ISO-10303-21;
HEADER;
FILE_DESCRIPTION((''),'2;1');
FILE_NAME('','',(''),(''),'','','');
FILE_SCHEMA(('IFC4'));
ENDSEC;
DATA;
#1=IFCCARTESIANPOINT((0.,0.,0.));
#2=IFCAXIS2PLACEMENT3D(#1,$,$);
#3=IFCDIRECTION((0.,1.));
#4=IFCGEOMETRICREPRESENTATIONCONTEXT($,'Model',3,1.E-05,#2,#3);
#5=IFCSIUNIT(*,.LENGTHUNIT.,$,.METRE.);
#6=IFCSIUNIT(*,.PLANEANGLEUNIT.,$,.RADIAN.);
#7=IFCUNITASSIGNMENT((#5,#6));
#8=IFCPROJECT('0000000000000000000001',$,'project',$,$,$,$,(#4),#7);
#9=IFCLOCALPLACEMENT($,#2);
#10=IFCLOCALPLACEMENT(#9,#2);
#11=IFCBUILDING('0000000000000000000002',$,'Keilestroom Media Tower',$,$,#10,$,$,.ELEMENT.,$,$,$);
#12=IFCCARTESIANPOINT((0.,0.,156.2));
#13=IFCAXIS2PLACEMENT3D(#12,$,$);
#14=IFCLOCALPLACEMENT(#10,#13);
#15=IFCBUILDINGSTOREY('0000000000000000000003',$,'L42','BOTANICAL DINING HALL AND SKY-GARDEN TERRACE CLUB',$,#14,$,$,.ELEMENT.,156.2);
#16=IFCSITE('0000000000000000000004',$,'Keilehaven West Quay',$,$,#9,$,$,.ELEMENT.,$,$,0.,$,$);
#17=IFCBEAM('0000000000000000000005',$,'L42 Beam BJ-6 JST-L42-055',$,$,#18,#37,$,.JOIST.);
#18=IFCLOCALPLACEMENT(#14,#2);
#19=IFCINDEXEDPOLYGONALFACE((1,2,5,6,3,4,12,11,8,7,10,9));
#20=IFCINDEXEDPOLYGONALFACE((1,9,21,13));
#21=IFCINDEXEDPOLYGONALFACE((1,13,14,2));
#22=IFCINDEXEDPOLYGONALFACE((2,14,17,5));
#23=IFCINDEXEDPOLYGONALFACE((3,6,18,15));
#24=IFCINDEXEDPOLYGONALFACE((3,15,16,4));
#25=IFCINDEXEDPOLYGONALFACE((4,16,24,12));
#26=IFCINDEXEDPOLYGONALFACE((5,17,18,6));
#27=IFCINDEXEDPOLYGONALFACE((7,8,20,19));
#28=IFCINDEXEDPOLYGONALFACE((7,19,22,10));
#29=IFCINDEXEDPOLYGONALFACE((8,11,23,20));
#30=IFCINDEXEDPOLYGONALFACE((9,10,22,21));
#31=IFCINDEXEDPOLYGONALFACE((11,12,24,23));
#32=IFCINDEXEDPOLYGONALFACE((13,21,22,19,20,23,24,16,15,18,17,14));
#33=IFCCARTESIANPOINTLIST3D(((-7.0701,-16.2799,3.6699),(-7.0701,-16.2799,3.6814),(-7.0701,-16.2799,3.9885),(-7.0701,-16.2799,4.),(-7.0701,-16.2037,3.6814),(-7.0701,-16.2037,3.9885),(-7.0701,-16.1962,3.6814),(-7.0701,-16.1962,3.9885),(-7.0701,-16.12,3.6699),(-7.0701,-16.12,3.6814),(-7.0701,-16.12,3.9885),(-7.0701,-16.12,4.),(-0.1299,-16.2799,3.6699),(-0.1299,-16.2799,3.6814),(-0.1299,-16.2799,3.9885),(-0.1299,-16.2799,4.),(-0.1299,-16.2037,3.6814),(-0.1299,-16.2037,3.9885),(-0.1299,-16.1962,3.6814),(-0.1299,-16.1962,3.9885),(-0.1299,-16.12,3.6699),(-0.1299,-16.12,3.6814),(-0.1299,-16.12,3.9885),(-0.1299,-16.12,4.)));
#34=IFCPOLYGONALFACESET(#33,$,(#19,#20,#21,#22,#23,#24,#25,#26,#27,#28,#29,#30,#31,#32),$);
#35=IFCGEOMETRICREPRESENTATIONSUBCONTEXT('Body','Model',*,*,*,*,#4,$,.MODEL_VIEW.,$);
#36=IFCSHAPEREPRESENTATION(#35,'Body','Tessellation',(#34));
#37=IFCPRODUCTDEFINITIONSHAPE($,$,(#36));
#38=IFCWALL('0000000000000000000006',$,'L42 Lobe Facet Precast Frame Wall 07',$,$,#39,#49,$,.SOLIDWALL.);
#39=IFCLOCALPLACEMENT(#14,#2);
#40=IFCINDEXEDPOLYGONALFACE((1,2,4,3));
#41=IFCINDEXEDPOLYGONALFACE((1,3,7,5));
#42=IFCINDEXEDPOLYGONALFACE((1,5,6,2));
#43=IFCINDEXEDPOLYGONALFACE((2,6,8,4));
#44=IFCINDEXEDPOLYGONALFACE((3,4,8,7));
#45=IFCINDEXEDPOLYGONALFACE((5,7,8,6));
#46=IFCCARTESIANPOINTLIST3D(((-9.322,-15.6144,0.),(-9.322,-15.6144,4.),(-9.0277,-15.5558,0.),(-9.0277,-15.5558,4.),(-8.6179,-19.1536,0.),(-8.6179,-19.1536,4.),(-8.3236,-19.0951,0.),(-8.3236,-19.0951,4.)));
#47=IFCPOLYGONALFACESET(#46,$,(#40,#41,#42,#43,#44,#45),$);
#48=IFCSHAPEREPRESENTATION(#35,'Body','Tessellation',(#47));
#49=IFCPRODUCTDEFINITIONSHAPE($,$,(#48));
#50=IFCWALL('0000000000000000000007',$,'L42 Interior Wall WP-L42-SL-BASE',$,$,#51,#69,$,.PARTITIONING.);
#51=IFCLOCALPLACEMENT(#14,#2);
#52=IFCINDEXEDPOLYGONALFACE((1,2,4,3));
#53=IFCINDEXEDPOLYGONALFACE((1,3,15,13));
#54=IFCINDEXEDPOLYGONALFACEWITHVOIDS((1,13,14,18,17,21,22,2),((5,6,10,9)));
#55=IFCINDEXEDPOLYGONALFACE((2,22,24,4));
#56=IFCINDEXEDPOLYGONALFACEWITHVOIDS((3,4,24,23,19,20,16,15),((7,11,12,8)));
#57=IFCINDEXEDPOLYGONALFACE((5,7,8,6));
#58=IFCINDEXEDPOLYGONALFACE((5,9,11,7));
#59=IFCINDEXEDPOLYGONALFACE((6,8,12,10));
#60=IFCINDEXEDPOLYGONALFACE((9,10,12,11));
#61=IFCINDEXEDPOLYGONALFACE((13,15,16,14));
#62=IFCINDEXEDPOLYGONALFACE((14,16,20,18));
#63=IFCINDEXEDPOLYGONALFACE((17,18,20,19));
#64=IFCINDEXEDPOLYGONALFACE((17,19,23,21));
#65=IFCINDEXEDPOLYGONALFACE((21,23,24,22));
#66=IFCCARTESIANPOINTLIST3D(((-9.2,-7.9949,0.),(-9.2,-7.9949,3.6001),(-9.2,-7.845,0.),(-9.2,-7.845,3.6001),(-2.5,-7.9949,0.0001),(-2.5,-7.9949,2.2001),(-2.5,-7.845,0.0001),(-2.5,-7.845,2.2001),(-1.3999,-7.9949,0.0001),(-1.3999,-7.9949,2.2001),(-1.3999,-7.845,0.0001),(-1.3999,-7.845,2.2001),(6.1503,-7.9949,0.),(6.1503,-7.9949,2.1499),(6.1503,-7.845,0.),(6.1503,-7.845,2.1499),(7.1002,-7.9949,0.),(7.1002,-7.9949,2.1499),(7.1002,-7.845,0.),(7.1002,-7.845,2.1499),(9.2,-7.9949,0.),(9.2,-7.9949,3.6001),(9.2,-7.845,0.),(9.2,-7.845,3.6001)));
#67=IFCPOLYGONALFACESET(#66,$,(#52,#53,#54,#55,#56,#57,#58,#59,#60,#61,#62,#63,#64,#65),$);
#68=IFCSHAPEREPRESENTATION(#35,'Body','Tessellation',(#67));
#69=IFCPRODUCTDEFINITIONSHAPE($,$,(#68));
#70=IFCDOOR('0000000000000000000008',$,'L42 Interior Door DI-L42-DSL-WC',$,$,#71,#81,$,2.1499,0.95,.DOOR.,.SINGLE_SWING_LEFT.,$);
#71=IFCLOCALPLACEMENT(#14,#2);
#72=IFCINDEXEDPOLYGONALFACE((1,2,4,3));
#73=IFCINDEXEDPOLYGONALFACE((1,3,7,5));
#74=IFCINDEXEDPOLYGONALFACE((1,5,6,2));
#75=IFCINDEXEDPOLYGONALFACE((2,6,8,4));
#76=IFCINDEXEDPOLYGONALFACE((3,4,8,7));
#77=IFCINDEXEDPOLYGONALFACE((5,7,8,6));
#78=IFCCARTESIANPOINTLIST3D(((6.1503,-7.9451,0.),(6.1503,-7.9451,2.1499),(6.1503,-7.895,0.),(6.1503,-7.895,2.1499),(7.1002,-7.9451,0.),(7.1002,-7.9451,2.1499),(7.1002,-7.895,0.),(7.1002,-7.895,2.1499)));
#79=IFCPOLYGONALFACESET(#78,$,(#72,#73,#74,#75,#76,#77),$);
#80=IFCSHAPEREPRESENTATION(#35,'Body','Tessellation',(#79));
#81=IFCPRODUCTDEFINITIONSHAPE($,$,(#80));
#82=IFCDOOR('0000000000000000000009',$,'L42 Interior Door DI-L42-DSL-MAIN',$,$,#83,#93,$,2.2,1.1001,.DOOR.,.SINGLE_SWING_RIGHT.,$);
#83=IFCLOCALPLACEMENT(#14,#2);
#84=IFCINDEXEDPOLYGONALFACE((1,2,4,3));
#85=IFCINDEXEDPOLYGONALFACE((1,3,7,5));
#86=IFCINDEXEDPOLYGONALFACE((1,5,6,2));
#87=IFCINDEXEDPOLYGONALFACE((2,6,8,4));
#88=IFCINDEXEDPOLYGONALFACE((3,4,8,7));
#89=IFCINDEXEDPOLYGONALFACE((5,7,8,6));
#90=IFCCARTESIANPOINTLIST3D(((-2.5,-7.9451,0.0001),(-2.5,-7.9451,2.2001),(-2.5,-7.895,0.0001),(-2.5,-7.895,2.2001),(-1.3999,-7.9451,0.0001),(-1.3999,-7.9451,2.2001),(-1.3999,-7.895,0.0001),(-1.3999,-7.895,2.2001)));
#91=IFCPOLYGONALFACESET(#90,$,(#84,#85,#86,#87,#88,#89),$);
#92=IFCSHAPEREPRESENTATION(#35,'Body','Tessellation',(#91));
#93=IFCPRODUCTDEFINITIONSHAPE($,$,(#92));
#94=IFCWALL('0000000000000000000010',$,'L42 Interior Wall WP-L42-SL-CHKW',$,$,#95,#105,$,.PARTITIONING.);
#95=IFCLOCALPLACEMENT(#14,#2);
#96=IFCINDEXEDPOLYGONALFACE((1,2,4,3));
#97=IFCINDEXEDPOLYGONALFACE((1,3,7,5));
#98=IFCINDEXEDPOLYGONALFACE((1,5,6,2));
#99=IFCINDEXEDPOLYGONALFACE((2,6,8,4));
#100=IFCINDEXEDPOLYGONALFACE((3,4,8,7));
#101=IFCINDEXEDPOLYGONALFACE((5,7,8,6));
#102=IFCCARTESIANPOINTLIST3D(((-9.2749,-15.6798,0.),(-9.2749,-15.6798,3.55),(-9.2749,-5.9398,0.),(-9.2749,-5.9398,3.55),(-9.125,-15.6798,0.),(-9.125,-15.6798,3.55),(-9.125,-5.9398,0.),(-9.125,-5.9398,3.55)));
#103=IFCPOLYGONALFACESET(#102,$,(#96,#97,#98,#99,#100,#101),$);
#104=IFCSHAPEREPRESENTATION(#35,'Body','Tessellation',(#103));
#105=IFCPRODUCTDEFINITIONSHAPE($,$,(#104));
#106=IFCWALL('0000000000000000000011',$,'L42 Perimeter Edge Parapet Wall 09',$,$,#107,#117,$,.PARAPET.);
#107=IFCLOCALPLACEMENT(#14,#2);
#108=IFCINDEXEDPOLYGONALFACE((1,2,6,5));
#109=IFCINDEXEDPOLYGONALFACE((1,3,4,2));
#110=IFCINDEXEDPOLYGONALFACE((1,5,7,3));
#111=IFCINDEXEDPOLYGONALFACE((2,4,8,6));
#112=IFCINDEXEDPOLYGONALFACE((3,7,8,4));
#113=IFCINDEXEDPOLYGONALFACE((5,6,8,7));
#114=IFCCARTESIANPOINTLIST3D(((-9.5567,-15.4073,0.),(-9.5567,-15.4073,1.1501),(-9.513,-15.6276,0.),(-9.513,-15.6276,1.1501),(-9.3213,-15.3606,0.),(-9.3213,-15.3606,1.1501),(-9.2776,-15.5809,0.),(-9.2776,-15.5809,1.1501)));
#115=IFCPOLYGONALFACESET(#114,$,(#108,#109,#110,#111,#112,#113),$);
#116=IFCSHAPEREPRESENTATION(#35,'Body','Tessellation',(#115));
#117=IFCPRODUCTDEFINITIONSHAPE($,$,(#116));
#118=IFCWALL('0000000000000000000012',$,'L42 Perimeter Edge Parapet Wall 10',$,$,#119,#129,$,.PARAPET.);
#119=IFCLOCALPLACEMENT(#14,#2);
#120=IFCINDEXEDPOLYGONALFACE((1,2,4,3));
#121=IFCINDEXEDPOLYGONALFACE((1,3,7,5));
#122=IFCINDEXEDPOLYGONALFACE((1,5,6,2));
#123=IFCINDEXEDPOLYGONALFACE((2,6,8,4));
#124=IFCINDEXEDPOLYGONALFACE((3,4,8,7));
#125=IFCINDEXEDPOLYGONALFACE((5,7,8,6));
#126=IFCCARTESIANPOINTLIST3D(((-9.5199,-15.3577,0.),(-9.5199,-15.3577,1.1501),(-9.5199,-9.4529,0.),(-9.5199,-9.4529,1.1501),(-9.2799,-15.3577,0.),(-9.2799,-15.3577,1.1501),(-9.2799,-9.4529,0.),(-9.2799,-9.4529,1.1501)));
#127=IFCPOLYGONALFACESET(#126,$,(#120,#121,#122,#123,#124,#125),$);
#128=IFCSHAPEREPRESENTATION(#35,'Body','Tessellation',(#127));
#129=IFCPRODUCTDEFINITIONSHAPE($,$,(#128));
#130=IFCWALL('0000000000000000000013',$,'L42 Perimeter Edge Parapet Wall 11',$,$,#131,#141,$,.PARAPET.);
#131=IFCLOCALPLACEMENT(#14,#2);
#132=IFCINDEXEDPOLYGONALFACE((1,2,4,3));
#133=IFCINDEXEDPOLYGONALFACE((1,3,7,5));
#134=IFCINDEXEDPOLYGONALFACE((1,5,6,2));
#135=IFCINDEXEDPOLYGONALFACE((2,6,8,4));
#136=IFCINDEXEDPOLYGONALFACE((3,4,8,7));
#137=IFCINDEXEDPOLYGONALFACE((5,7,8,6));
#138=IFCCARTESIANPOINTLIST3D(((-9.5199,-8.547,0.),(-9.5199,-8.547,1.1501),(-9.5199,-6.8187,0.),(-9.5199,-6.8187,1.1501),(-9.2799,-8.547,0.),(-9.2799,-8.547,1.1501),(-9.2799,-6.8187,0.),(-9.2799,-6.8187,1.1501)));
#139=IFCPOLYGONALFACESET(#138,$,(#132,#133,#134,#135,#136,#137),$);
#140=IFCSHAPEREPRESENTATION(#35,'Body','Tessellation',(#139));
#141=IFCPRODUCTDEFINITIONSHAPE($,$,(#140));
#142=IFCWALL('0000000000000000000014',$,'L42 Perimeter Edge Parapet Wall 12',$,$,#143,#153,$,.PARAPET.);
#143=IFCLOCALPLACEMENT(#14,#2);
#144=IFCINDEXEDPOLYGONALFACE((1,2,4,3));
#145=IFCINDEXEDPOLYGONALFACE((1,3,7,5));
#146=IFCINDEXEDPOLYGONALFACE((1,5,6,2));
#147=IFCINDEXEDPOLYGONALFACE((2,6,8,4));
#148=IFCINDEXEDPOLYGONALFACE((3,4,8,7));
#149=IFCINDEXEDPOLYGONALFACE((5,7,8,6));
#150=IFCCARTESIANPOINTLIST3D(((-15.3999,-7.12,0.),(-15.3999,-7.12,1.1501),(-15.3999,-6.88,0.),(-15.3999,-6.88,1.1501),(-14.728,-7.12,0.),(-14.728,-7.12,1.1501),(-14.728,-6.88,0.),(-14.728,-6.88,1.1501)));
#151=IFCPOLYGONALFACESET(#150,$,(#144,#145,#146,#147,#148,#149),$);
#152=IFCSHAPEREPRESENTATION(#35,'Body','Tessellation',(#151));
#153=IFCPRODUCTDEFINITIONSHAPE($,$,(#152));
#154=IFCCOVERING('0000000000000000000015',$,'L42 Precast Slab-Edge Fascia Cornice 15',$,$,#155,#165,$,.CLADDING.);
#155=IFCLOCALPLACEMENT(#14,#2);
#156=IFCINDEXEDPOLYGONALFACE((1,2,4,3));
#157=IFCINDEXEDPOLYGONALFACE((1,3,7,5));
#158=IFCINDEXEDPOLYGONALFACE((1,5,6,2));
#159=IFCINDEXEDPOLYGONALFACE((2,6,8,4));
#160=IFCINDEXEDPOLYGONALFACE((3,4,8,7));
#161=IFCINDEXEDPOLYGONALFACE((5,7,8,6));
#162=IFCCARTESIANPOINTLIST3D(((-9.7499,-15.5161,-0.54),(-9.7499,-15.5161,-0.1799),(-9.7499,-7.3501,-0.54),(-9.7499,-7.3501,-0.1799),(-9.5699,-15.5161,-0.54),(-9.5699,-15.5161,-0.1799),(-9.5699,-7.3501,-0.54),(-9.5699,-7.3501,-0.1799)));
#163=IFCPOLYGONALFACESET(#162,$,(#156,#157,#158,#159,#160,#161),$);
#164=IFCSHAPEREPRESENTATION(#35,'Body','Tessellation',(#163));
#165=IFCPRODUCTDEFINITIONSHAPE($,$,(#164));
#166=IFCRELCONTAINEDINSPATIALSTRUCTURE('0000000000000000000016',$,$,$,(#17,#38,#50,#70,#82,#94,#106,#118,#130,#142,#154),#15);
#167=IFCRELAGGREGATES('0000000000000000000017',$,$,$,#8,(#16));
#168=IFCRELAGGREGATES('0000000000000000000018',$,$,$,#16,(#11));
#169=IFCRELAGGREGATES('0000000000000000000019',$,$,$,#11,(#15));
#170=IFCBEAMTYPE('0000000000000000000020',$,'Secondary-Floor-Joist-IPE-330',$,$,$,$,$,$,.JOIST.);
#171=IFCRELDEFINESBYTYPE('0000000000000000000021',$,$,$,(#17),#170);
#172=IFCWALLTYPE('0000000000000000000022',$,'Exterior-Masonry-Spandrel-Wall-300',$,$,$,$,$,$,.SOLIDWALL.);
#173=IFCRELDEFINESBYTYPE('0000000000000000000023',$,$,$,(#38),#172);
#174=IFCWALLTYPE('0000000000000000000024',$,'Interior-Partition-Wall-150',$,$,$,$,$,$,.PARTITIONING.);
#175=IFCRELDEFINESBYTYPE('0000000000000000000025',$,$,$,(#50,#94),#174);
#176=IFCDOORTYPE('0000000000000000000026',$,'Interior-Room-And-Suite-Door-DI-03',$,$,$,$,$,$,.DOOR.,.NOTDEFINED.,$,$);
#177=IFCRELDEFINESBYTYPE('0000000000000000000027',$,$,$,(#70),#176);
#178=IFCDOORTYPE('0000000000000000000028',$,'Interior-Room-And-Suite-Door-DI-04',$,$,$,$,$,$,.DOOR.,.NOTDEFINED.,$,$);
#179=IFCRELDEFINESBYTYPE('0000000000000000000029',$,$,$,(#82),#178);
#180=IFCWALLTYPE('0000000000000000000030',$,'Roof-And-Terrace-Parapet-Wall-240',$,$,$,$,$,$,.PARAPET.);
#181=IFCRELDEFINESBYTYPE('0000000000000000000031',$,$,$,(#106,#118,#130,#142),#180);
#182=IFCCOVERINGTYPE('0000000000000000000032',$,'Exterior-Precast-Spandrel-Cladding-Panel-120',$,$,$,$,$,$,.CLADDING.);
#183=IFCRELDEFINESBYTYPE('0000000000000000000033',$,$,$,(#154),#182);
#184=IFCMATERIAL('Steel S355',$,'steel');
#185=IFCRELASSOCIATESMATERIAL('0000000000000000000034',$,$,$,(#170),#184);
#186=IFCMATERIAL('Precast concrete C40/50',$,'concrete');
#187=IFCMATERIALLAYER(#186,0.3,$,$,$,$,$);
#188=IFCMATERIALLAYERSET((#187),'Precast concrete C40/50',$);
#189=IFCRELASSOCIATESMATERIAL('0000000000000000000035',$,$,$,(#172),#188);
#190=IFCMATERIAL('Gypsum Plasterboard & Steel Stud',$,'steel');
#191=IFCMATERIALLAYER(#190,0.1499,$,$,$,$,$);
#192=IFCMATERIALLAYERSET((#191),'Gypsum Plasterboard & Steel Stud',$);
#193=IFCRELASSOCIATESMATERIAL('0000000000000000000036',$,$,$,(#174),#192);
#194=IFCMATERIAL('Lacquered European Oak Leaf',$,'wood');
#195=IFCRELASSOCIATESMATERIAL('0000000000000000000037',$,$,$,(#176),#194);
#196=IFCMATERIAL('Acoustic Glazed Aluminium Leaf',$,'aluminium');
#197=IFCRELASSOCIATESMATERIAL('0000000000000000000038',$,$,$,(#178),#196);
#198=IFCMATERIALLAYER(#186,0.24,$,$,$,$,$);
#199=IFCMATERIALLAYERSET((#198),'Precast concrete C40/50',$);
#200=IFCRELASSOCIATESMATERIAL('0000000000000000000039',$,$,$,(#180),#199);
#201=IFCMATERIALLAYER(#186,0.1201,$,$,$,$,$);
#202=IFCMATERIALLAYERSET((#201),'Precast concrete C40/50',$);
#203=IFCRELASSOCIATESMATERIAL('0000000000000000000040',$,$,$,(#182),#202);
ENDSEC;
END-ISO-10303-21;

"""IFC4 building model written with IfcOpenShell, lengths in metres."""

from ifc_helpers import new_model, si_unit, direction, frame, frame_2d, origin, origin_2d, place, context, subcontext, project, spatial, rectangle, i_section, extrude, source, transform, mapped, material, layer, layer_set, material_profile, profile_set, type_object, element, fill, save


model = new_model("IFC4")

# Units and contexts
model_context = context("Model", 3, precision=1e-05, world=origin(), true_north=direction((0.0, 1.0)))
body_context = subcontext(model_context, "Body", "Model", "MODEL_VIEW")
ifc_project = project(units=[si_unit("LENGTHUNIT", "METRE"), si_unit("PLANEANGLEUNIT", "RADIAN")], contexts=[model_context])

# Site, building, storey
site_placement = place(None, origin())
site = spatial("IfcSite", under=ifc_project, at=site_placement, Name="Keilehaven West Quay", CompositionType="ELEMENT", RefElevation=0.0)
building_placement = place(site_placement, origin())
building = spatial("IfcBuilding", under=site, at=building_placement, Name="Keilestroom Media Tower", CompositionType="ELEMENT")
storey_placement = place(building_placement, frame((0.0, 0.0, 156.2)))
storey = spatial("IfcBuildingStorey", under=building, at=storey_placement, Name="L42", Description="BOTANICAL DINING HALL AND SKY-GARDEN TERRACE CLUB", CompositionType="ELEMENT", Elevation=156.2)

# Shared definitions
ifc_material_1 = material(Name="Precast concrete C40/50", Category="concrete")
ifc_material_2 = material(Name="Steel S355", Category="steel")

# Beam
ifc_material_profile_1 = material_profile(ifc_material_2, i_section(OverallWidth=0.1599, OverallDepth=0.3301, WebThickness=0.0076, FlangeThickness=0.0115, at=origin_2d()), Name="IPE 330")
ifc_profile_set_1 = profile_set([ifc_material_profile_1], Name="Steel S355")
beam_type_1 = type_object("IfcBeamType", Name="Secondary-Floor-Joist-IPE-330", PredefinedType="JOIST", material=ifc_profile_set_1)
shared_shape_1 = source(origin(), body_context, "Body", "SweptSolid", [
    extrude(i_section(OverallWidth=0.1599, OverallDepth=0.3301, WebThickness=0.0076, FlangeThickness=0.0115, at=origin_2d()), origin(), (0.0, 0.0, 1.0), 6.9402),
])
beam_1_placement = place(storey_placement, frame((-7.0701, -16.2, 3.835), z_axis=(1.0, 0.0, 0.0), x_axis=(0.0, 1.0, 0.0)))
element("IfcBeam", 1, at=beam_1_placement, inside=storey, type_object=beam_type_1, Name="L42 Beam BJ-6 JST-L42-055", PredefinedType="JOIST", context=body_context, shape_type="MappedRepresentation", body=[
    mapped(shared_shape_1, transform((0.0, 0.0, 0.0), x_axis=(1.0, 0.0, 0.0), y_axis=(0.0, 1.0, 0.0), z_axis=(0.0, 0.0, 1.0), scale=1.0)),
])

# Wall
ifc_layer_1 = layer(ifc_material_1, 0.3)
ifc_layer_set_1 = layer_set([ifc_layer_1], Name="Precast concrete C40/50")
wall_type_1 = type_object("IfcWallType", Name="Exterior-Masonry-Spandrel-Wall-300", PredefinedType="SOLIDWALL", material=ifc_layer_set_1)
wall_1_placement = place(storey_placement, frame((-9.1748, -15.5852, 0.0), z_axis=(0.0, 0.0, 1.0), x_axis=(0.195114, -0.980781, 0.0)))
element("IfcWall", 2, at=wall_1_placement, inside=storey, type_object=wall_type_1, Name="L42 Lobe Facet Precast Frame Wall 07", PredefinedType="SOLIDWALL", context=body_context, shape_type="SweptSolid", body=[
    extrude(rectangle(XDim=3.6086, YDim=0.3, at=frame_2d((1.8042, 0.0))), origin(), (0.0, 0.0, 1.0), 4.0),
])

# Wall, openings, doors
ifc_material_3 = material(Name="Gypsum Plasterboard & Steel Stud", Category="steel")
ifc_layer_2 = layer(ifc_material_3, 0.1499)
ifc_layer_set_2 = layer_set([ifc_layer_2], Name="Gypsum Plasterboard & Steel Stud")
wall_type_2 = type_object("IfcWallType", Name="Interior-Partition-Wall-150", PredefinedType="PARTITIONING", material=ifc_layer_set_2)
wall_2_placement = place(storey_placement, frame((-9.2, -7.9199, 0.0), z_axis=(0.0, 0.0, 1.0), x_axis=(1.0, 0.0, 0.0)))
wall_2 = element("IfcWall", 3, at=wall_2_placement, inside=storey, type_object=wall_type_2, Name="L42 Interior Wall WP-L42-SL-BASE", PredefinedType="PARTITIONING", context=body_context, shape_type="SweptSolid", body=[
    extrude(rectangle(XDim=18.3999, YDim=0.1499, at=frame_2d((9.2, 0.0))), origin(), (0.0, 0.0, 1.0), 3.6001),
])
opening_1_placement = place(wall_2_placement, frame((15.3501, 0.0, 0.0)))
opening_1 = element("IfcOpeningElement", 4, at=opening_1_placement, cuts=wall_2, PredefinedType="OPENING", context=body_context, shape_type="SweptSolid", body=[
    extrude(rectangle(XDim=0.95, YDim=2.1499, at=frame_2d((0.4751, 1.075))), frame((0.0, 0.085, 0.0), z_axis=(0.0, -1.0, 0.0), x_axis=(1.0, 0.0, 0.0)), (0.0, 0.0, 1.0), 0.1699),
])
opening_2_placement = place(wall_2_placement, frame((6.7, 0.0, 0.0)))
opening_2 = element("IfcOpeningElement", 5, at=opening_2_placement, cuts=wall_2, PredefinedType="OPENING", context=body_context, shape_type="SweptSolid", body=[
    extrude(rectangle(XDim=1.1001, YDim=2.2, at=frame_2d((0.55, 1.1001))), frame((0.0, 0.085, 0.0), z_axis=(0.0, -1.0, 0.0), x_axis=(1.0, 0.0, 0.0)), (0.0, 0.0, 1.0), 0.1699),
])
ifc_material_4 = material(Name="Lacquered European Oak Leaf", Category="wood")
door_type_1 = type_object("IfcDoorType", Name="Interior-Room-And-Suite-Door-DI-03", OperationType="NOTDEFINED", PredefinedType="DOOR", material=ifc_material_4)
shared_shape_2 = source(origin(), body_context, "Body", "SweptSolid", [
    extrude(rectangle(XDim=0.95, YDim=2.1499, at=frame_2d((0.4751, 1.075))), frame((0.0, 0.0249, 0.0), z_axis=(0.0, -1.0, 0.0), x_axis=(1.0, 0.0, 0.0)), (0.0, 0.0, 1.0), 0.05),
])
door_1_placement = place(opening_1_placement, origin())
door_1 = element("IfcDoor", 6, at=door_1_placement, inside=storey, type_object=door_type_1, Name="L42 Interior Door DI-L42-DSL-WC", OperationType="SINGLE_SWING_LEFT", OverallHeight=2.1499, OverallWidth=0.95, PredefinedType="DOOR", context=body_context, shape_type="MappedRepresentation", body=[
    mapped(shared_shape_2, transform((0.0, 0.0, 0.0), x_axis=(1.0, 0.0, 0.0), y_axis=(0.0, 1.0, 0.0), z_axis=(0.0, 0.0, 1.0), scale=1.0)),
])
fill(opening_1, door_1)
ifc_material_5 = material(Name="Acoustic Glazed Aluminium Leaf", Category="aluminium")
door_type_2 = type_object("IfcDoorType", Name="Interior-Room-And-Suite-Door-DI-04", OperationType="NOTDEFINED", PredefinedType="DOOR", material=ifc_material_5)
shared_shape_3 = source(origin(), body_context, "Body", "SweptSolid", [
    extrude(rectangle(XDim=1.1001, YDim=2.2, at=frame_2d((0.55, 1.1001))), frame((0.0, 0.0249, 0.0), z_axis=(0.0, -1.0, 0.0), x_axis=(1.0, 0.0, 0.0)), (0.0, 0.0, 1.0), 0.05),
])
door_2_placement = place(opening_2_placement, origin())
door_2 = element("IfcDoor", 7, at=door_2_placement, inside=storey, type_object=door_type_2, Name="L42 Interior Door DI-L42-DSL-MAIN", OperationType="SINGLE_SWING_RIGHT", OverallHeight=2.2, OverallWidth=1.1001, PredefinedType="DOOR", context=body_context, shape_type="MappedRepresentation", body=[
    mapped(shared_shape_3, transform((0.0, 0.0, 0.0), x_axis=(1.0, 0.0, 0.0), y_axis=(0.0, 1.0, 0.0), z_axis=(0.0, 0.0, 1.0), scale=1.0)),
])
fill(opening_2, door_2)

# Walls
wall_3_placement = place(storey_placement, frame((-9.2, -15.6799, 0.0), z_axis=(0.0, 0.0, 1.0), x_axis=(0.0, 1.0, 0.0)))
element("IfcWall", 8, at=wall_3_placement, inside=storey, type_object=wall_type_2, Name="L42 Interior Wall WP-L42-SL-CHKW", PredefinedType="PARTITIONING", context=body_context, shape_type="SweptSolid", body=[
    extrude(rectangle(XDim=9.74, YDim=0.1499, at=frame_2d((4.8701, 0.0))), origin(), (0.0, 0.0, 1.0), 3.55),
])
ifc_layer_3 = layer(ifc_material_1, 0.24)
ifc_layer_set_3 = layer_set([ifc_layer_3], Name="Precast concrete C40/50")
wall_type_3 = type_object("IfcWallType", Name="Roof-And-Terrace-Parapet-Wall-240", PredefinedType="PARAPET", material=ifc_layer_set_3)
wall_4_placement = place(storey_placement, frame((-9.3953, -15.6042, 0.0), z_axis=(0.0, 0.0, 1.0), x_axis=(-0.194652, 0.980872, 0.0)))
element("IfcWall", 9, at=wall_4_placement, inside=storey, type_object=wall_type_3, Name="L42 Perimeter Edge Parapet Wall 09", PredefinedType="PARAPET", context=body_context, shape_type="SweptSolid", body=[
    extrude(rectangle(XDim=0.2246, YDim=0.24, at=frame_2d((0.1123, 0.0))), origin(), (0.0, 0.0, 1.0), 1.1501),
])
wall_5_placement = place(storey_placement, frame((-9.3999, -15.3577, 0.0), z_axis=(0.0, 0.0, 1.0), x_axis=(0.0, 1.0, 0.0)))
element("IfcWall", 10, at=wall_5_placement, inside=storey, type_object=wall_type_3, Name="L42 Perimeter Edge Parapet Wall 10", PredefinedType="PARAPET", context=body_context, shape_type="SweptSolid", body=[
    extrude(rectangle(XDim=5.9048, YDim=0.24, at=frame_2d((2.9524, 0.0))), origin(), (0.0, 0.0, 1.0), 1.1501),
])
wall_6_placement = place(storey_placement, frame((-9.3999, -8.5471, 0.0), z_axis=(0.0, 0.0, 1.0), x_axis=(0.0, 1.0, 0.0)))
element("IfcWall", 11, at=wall_6_placement, inside=storey, type_object=wall_type_3, Name="L42 Perimeter Edge Parapet Wall 11", PredefinedType="PARAPET", context=body_context, shape_type="SweptSolid", body=[
    extrude(rectangle(XDim=1.7283, YDim=0.24, at=frame_2d((0.8643, 0.0))), origin(), (0.0, 0.0, 1.0), 1.1501),
])
wall_7_placement = place(storey_placement, frame((-14.728, -7.0, 0.0), z_axis=(0.0, 0.0, 1.0), x_axis=(-1.0, 0.0, 0.0)))
element("IfcWall", 12, at=wall_7_placement, inside=storey, type_object=wall_type_3, Name="L42 Perimeter Edge Parapet Wall 12", PredefinedType="PARAPET", context=body_context, shape_type="SweptSolid", body=[
    extrude(rectangle(XDim=0.6719, YDim=0.24, at=frame_2d((0.3359, 0.0))), origin(), (0.0, 0.0, 1.0), 1.1501),
])

# Covering
ifc_layer_4 = layer(ifc_material_1, 0.1201)
ifc_layer_set_4 = layer_set([ifc_layer_4], Name="Precast concrete C40/50")
covering_type = type_object("IfcCoveringType", Name="Exterior-Precast-Spandrel-Cladding-Panel-120", PredefinedType="CLADDING", material=ifc_layer_set_4)
shared_shape_4 = source(origin(), body_context, "Body", "SweptSolid", [
    extrude(rectangle(XDim=8.166, YDim=0.1799, at=origin_2d()), origin(), (0.0, 0.0, 1.0), 0.3601),
])
covering_1_placement = place(storey_placement, frame((-9.6599, -11.4331, -0.54), z_axis=(0.0, 0.0, 1.0), x_axis=(0.0, 1.0, 0.0)))
element("IfcCovering", 13, at=covering_1_placement, inside=storey, type_object=covering_type, Name="L42 Precast Slab-Edge Fascia Cornice 15", PredefinedType="CLADDING", context=body_context, shape_type="MappedRepresentation", body=[
    mapped(shared_shape_4, transform((0.0, 0.0, 0.0), x_axis=(1.0, 0.0, 0.0), y_axis=(0.0, 1.0, 0.0), z_axis=(0.0, 0.0, 1.0), scale=1.0)),
])

save(model, "model.ifc")
